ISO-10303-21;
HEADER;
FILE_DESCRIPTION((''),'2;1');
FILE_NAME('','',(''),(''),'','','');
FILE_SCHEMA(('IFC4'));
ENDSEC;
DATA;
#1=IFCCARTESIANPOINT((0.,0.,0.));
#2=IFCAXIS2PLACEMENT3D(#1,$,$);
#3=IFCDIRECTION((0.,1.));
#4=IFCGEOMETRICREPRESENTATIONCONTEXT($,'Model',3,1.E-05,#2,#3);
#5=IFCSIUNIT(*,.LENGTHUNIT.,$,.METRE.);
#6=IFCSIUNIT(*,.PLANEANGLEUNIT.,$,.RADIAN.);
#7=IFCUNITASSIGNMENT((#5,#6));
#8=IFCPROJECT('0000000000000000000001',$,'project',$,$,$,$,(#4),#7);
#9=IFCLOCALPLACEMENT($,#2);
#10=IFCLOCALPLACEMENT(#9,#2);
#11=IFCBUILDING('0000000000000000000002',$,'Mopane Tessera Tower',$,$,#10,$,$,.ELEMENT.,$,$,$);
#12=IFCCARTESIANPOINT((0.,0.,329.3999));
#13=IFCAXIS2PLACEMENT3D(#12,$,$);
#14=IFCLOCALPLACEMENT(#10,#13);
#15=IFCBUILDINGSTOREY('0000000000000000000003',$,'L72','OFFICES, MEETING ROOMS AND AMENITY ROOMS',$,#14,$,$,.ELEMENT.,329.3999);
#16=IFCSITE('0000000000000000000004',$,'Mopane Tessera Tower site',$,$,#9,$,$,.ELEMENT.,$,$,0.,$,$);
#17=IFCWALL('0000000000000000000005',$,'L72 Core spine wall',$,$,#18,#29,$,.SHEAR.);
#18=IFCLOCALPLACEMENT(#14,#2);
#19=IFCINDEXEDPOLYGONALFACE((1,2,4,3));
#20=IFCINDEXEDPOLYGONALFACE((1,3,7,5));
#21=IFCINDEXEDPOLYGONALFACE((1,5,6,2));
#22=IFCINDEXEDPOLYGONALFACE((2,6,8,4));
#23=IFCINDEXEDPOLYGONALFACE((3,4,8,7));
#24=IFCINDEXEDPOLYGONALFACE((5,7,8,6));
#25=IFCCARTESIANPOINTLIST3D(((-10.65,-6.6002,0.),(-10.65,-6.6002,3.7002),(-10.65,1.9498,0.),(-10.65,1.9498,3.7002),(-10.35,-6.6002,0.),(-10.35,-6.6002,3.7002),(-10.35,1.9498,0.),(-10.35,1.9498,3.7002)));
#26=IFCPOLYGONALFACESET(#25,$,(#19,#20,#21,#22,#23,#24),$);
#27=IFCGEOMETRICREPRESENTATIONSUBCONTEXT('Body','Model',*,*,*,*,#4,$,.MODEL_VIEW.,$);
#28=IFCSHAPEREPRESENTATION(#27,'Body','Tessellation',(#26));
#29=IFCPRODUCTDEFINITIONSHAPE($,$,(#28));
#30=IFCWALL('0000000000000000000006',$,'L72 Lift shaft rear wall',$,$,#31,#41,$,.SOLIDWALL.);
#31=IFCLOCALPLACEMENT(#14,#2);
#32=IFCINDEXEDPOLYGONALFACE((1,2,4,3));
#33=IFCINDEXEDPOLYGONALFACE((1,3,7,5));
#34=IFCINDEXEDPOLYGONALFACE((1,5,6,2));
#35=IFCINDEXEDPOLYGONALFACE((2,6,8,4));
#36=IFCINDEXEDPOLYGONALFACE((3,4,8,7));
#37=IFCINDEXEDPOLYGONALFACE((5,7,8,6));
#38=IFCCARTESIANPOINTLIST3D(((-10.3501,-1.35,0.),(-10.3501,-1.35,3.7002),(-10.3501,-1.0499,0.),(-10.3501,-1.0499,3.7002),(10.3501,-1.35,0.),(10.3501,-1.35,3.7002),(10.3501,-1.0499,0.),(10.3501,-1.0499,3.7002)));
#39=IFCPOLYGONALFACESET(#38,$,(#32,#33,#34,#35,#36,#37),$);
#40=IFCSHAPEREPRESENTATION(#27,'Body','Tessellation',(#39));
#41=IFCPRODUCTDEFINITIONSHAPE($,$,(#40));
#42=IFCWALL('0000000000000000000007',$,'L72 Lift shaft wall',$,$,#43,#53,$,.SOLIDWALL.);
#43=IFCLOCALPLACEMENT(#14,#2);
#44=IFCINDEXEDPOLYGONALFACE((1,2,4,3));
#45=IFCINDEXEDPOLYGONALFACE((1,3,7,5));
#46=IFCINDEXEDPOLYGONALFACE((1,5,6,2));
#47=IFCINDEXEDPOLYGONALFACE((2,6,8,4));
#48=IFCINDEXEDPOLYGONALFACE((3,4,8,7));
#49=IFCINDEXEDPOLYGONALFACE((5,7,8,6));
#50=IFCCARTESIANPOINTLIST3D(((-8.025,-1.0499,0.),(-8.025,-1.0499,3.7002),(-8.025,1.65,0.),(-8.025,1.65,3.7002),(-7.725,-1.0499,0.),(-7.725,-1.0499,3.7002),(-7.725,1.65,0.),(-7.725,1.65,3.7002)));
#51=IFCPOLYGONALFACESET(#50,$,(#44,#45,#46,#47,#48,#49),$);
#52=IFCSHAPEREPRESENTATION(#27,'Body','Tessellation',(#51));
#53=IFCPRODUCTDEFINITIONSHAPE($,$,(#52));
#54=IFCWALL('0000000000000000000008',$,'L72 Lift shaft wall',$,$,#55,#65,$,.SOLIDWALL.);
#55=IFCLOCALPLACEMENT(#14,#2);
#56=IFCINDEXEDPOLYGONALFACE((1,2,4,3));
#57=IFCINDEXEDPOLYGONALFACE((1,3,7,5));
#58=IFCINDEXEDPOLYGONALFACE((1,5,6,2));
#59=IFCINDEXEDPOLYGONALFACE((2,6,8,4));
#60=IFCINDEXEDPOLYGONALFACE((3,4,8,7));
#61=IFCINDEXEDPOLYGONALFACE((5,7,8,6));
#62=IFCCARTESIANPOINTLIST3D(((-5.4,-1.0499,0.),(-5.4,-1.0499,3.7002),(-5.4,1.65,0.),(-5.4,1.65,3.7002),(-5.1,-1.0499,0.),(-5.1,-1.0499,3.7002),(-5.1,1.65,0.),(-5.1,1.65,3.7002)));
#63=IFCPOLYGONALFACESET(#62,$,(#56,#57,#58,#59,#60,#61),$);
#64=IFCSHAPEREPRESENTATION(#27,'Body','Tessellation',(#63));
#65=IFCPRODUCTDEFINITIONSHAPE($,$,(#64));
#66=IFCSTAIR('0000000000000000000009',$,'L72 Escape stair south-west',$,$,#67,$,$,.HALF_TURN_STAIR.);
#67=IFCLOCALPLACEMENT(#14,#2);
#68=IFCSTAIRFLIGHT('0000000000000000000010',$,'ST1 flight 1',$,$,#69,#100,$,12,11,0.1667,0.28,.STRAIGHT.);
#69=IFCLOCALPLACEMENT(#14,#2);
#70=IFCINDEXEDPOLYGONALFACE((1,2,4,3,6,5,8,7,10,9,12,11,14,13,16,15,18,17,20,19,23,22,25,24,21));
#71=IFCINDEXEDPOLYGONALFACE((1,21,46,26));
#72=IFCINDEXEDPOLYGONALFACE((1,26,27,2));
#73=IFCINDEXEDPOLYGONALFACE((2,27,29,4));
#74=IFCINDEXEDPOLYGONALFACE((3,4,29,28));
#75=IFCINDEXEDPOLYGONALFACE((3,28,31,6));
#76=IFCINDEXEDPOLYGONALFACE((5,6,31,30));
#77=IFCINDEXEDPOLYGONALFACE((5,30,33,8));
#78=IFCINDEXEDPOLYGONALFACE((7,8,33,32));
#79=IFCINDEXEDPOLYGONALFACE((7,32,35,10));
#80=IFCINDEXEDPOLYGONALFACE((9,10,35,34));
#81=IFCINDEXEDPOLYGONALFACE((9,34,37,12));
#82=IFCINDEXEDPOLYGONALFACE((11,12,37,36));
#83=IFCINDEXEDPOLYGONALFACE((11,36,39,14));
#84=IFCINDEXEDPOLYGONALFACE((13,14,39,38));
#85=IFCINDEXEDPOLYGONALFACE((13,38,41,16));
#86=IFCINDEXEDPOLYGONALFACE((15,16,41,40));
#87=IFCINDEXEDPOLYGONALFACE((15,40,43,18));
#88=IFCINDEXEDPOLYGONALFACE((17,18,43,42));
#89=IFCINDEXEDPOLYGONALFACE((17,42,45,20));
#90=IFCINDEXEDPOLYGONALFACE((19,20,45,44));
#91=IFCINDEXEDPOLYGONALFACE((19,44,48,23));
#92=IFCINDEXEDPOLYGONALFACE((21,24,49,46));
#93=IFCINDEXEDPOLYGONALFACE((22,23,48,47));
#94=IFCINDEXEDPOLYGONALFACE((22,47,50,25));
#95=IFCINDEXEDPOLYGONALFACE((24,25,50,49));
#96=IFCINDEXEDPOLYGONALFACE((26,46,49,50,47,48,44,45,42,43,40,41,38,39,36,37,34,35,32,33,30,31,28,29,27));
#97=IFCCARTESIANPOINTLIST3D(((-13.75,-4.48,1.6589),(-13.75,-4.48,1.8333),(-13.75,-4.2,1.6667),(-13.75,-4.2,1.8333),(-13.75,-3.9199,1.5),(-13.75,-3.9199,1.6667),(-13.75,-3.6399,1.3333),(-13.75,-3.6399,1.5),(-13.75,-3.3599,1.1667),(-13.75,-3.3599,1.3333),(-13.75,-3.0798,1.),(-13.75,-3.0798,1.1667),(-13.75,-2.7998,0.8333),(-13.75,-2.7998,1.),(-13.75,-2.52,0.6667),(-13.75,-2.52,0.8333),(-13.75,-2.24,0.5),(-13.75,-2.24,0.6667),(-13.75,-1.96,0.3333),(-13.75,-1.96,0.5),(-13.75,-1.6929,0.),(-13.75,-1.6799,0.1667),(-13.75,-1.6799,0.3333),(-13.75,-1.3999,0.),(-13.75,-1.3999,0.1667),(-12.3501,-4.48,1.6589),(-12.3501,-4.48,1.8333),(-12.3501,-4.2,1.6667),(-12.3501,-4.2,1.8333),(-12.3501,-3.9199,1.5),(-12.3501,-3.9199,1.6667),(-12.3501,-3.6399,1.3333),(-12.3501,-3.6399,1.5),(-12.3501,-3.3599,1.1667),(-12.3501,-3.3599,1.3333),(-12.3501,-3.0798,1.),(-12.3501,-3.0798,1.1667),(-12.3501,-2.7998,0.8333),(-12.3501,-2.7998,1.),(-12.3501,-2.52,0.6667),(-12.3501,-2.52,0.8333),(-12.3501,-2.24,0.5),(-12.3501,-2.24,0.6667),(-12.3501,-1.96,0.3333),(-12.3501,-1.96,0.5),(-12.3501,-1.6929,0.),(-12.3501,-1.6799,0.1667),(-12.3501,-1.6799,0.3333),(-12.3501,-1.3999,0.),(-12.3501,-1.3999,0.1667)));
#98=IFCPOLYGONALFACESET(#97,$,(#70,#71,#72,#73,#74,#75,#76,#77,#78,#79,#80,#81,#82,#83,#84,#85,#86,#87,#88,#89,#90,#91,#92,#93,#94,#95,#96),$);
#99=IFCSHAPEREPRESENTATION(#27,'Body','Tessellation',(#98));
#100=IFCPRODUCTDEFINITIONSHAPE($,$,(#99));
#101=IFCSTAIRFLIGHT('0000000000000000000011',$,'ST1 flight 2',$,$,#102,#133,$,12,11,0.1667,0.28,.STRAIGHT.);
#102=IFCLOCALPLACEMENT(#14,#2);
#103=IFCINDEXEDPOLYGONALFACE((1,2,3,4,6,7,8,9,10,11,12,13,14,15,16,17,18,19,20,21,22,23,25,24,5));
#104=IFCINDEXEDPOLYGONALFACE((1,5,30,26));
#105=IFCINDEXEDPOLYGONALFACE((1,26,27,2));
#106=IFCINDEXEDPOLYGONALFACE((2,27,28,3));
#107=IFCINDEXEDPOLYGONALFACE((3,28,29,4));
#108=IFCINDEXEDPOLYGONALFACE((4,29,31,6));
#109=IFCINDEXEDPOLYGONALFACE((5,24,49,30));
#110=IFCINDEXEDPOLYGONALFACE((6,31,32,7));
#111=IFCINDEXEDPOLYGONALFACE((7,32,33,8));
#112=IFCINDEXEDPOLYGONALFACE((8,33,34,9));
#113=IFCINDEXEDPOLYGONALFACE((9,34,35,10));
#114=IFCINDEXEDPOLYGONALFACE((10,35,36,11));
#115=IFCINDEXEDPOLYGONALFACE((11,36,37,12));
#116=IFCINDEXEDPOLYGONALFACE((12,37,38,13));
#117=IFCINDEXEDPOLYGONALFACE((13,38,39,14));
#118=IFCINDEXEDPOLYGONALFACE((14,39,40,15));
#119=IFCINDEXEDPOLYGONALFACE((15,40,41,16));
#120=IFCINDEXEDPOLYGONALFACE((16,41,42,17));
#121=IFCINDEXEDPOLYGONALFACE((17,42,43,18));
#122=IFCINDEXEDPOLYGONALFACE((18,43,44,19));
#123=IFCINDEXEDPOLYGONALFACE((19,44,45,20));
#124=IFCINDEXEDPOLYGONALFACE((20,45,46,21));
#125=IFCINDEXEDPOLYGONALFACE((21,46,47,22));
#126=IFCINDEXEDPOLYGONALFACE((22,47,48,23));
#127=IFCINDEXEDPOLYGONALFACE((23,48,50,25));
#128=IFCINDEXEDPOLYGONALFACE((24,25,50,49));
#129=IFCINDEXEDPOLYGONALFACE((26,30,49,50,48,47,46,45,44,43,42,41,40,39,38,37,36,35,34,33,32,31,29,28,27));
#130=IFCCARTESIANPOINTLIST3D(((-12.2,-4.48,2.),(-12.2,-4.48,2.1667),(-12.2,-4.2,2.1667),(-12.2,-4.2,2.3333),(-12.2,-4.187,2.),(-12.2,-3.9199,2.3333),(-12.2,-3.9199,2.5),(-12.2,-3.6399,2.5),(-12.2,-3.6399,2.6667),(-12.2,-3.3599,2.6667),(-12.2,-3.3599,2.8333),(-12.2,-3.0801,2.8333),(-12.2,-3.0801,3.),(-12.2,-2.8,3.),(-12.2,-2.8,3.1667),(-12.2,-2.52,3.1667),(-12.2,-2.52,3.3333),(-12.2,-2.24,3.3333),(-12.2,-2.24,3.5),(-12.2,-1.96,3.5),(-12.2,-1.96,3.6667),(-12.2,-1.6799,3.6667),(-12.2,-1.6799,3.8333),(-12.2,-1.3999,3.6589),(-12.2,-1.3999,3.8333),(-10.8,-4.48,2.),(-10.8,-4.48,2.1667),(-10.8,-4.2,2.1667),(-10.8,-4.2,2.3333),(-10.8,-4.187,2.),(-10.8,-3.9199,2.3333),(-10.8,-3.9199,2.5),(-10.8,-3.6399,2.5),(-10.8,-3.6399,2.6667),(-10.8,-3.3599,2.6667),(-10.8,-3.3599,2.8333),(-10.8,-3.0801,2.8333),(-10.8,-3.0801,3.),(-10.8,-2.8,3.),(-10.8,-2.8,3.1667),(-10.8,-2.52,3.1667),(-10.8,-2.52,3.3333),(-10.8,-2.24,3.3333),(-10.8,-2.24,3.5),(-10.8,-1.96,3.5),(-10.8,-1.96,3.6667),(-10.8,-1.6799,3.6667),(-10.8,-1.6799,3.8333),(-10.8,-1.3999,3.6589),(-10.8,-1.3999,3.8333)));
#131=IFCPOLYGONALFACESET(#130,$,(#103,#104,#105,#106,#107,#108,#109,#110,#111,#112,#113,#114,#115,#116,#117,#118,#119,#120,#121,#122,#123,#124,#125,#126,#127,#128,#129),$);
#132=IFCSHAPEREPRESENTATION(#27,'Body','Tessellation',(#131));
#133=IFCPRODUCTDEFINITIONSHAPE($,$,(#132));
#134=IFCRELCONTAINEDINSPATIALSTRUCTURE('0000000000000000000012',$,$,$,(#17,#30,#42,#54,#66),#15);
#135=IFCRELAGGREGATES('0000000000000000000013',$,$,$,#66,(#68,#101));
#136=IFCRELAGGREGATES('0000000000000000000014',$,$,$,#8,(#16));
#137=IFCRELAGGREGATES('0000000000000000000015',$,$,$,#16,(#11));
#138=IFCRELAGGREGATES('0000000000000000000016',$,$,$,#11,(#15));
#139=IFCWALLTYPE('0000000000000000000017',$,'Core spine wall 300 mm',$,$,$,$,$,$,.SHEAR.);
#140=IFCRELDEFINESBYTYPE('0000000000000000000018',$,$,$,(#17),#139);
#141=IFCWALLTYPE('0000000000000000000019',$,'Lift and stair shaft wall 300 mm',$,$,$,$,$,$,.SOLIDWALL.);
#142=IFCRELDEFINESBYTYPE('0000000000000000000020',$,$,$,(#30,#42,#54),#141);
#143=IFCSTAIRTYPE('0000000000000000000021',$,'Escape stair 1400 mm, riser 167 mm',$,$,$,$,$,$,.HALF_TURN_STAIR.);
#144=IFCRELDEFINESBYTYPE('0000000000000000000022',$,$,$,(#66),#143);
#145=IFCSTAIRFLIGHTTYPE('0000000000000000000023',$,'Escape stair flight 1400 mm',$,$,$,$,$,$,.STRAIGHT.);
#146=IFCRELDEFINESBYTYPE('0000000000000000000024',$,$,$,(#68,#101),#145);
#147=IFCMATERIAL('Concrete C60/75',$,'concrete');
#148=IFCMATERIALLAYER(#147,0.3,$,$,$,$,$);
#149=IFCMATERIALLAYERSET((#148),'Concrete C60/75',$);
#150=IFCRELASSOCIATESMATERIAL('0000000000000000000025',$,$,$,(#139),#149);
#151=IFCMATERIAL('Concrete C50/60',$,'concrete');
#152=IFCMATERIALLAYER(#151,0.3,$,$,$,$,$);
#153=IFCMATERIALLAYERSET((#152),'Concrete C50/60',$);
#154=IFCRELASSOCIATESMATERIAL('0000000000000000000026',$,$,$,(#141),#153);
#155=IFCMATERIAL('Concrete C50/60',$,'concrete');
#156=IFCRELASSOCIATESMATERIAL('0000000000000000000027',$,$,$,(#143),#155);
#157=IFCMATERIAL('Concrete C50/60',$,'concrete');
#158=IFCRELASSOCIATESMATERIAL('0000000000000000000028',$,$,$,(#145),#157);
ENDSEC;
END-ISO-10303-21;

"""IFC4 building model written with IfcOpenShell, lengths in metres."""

from ifc_helpers import new_model, si_unit, direction, frame, frame_2d, origin, place, context, subcontext, project, spatial, polyline, rectangle, outline, extrude, material, layer, layer_set, type_object, element, aggregate, save


model = new_model("IFC4")

# Units and contexts
model_context = context("Model", 3, precision=1e-05, world=origin(), true_north=direction((0.0, 1.0)))
body_context = subcontext(model_context, "Body", "Model", "MODEL_VIEW")
ifc_project = project(units=[si_unit("LENGTHUNIT", "METRE"), si_unit("PLANEANGLEUNIT", "RADIAN")], contexts=[model_context])

# Site, building, storey
site_placement = place(None, origin())
site = spatial("IfcSite", under=ifc_project, at=site_placement, Name="Mopane Tessera Tower site", CompositionType="ELEMENT", RefElevation=0.0)
building_placement = place(site_placement, origin())
building = spatial("IfcBuilding", under=site, at=building_placement, Name="Mopane Tessera Tower", CompositionType="ELEMENT")
storey_placement = place(building_placement, frame((0.0, 0.0, 329.3999)))
storey = spatial("IfcBuildingStorey", under=building, at=storey_placement, Name="L72", Description="OFFICES, MEETING ROOMS AND AMENITY ROOMS", CompositionType="ELEMENT", Elevation=329.3999)

# Walls
ifc_material_1 = material(Name="Concrete C60/75", Category="concrete")
ifc_layer_1 = layer(ifc_material_1, 0.3)
ifc_layer_set_1 = layer_set([ifc_layer_1], Name="Concrete C60/75")
wall_type_1 = type_object("IfcWallType", Name="Core spine wall 300 mm", PredefinedType="SHEAR", material=ifc_layer_set_1)
wall_1_placement = place(storey_placement, frame((-10.5, -6.6001, 0.0), z_axis=(0.0, 0.0, 1.0), x_axis=(0.0, 1.0, 0.0)))
element("IfcWall", 1, at=wall_1_placement, inside=storey, type_object=wall_type_1, Name="L72 Core spine wall", PredefinedType="SHEAR", context=body_context, shape_type="SweptSolid", body=[
    extrude(rectangle(XDim=8.55, YDim=0.3, at=frame_2d((4.2749, 0.0))), origin(), (0.0, 0.0, 1.0), 3.7002),
])
ifc_material_2 = material(Name="Concrete C50/60", Category="concrete")
ifc_layer_2 = layer(ifc_material_2, 0.3)
ifc_layer_set_2 = layer_set([ifc_layer_2], Name="Concrete C50/60")
wall_type_2 = type_object("IfcWallType", Name="Lift and stair shaft wall 300 mm", PredefinedType="SOLIDWALL", material=ifc_layer_set_2)
wall_2_placement = place(storey_placement, frame((-10.3501, -1.2, 0.0), z_axis=(0.0, 0.0, 1.0), x_axis=(1.0, 0.0, 0.0)))
element("IfcWall", 2, at=wall_2_placement, inside=storey, type_object=wall_type_2, Name="L72 Lift shaft rear wall", PredefinedType="SOLIDWALL", context=body_context, shape_type="SweptSolid", body=[
    extrude(rectangle(XDim=20.7002, YDim=0.3, at=frame_2d((10.3501, 0.0))), origin(), (0.0, 0.0, 1.0), 3.7002),
])
for number, where, z_axis, x_axis, name in (
    (3, (-7.875, -1.05, 0.0), (0.0, 0.0, 1.0), (0.0, 1.0, 0.0), "L72 Lift shaft wall"),
    (4, (-5.25, -1.05, 0.0), (0.0, 0.0, 1.0), (0.0, 1.0, 0.0), "L72 Lift shaft wall"),
):
    element("IfcWall", number, at=place(storey_placement, frame(where, z_axis=z_axis, x_axis=x_axis)), inside=storey, type_object=wall_type_2, Name=name, PredefinedType="SOLIDWALL", context=body_context, shape_type="SweptSolid", body=[
        extrude(rectangle(XDim=2.7, YDim=0.3, at=frame_2d((1.3501, 0.0))), origin(), (0.0, 0.0, 1.0), 3.7002),
    ])

# Stair, stair flights
ifc_material_3 = material(Name="Concrete C50/60", Category="concrete")
stair_type = type_object("IfcStairType", Name="Escape stair 1400 mm, riser 167 mm", PredefinedType="HALF_TURN_STAIR", material=ifc_material_3)
stair_placement = place(storey_placement, origin())
stair = element("IfcStair", 5, at=stair_placement, inside=storey, type_object=stair_type, Name="L72 Escape stair south-west", PredefinedType="HALF_TURN_STAIR")
ifc_material_4 = material(Name="Concrete C50/60", Category="concrete")
stair_flight_type = type_object("IfcStairFlightType", Name="Escape stair flight 1400 mm", PredefinedType="STRAIGHT", material=ifc_material_4)
stair_flight_1_placement = place(storey_placement, frame((-13.05, -1.3999, 0.0), z_axis=(0.0, 0.0, 1.0), x_axis=(0.0, -1.0, 0.0)))
stair_flight_1 = element("IfcStairFlight", 6, at=stair_flight_1_placement, type_object=stair_flight_type, Name="ST1 flight 1", NumberOfRisers=12, NumberOfTreads=11, PredefinedType="STRAIGHT", RiserHeight=0.1667, TreadLength=0.28, context=body_context, shape_type="SweptSolid", body=[
    extrude(outline(polyline([(0.0, 0.0), (0.0, 0.1667), (0.28, 0.1667), (0.28, 0.3333), (0.5601, 0.3333), (0.5601, 0.5), (0.8401, 0.5), (0.8401, 0.6667), (1.1201, 0.6667), (1.1201, 0.8333), (1.3999, 0.8333), (1.3999, 1.0), (1.6799, 1.0), (1.6799, 1.1667), (1.96, 1.1667), (1.96, 1.3333), (2.24, 1.3333), (2.24, 1.5), (2.52, 1.5), (2.52, 1.6667), (2.8, 1.6667), (2.8, 1.8333), (3.0801, 1.8333), (3.0801, 2.0), (3.0801, 1.6589), (0.293, 0.0), (0.0, 0.0)])), frame((0.0, 0.7, 0.0), z_axis=(0.0, -1.0, 0.0), x_axis=(1.0, 0.0, 0.0)), (0.0, 0.0, 1.0), 1.3999),
])
stair_flight_2_placement = place(storey_placement, frame((-11.5, -4.48, 2.0), z_axis=(0.0, 0.0, 1.0), x_axis=(0.0, 1.0, 0.0)))
stair_flight_2 = element("IfcStairFlight", 7, at=stair_flight_2_placement, type_object=stair_flight_type, Name="ST1 flight 2", NumberOfRisers=12, NumberOfTreads=11, PredefinedType="STRAIGHT", RiserHeight=0.1667, TreadLength=0.28, context=body_context, shape_type="SweptSolid", body=[
    extrude(outline(polyline([(0.0, 0.0), (0.0, 0.1667), (0.28, 0.1667), (0.28, 0.3333), (0.5601, 0.3333), (0.5601, 0.5), (0.8401, 0.5), (0.8401, 0.6667), (1.1201, 0.6667), (1.1201, 0.8333), (1.3999, 0.8333), (1.3999, 1.0), (1.6799, 1.0), (1.6799, 1.1667), (1.96, 1.1667), (1.96, 1.3333), (2.24, 1.3333), (2.24, 1.5), (2.52, 1.5), (2.52, 1.6667), (2.8, 1.6667), (2.8, 1.8333), (3.0801, 1.8333), (3.0801, 2.0), (3.0801, 1.6589), (0.293, 0.0), (0.0, 0.0)])), frame((0.0, 0.7, 0.0), z_axis=(0.0, -1.0, 0.0), x_axis=(1.0, 0.0, 0.0)), (0.0, 0.0, 1.0), 1.3999),
])
aggregate(stair, [stair_flight_1, stair_flight_2])

save(model, "model.ifc")
